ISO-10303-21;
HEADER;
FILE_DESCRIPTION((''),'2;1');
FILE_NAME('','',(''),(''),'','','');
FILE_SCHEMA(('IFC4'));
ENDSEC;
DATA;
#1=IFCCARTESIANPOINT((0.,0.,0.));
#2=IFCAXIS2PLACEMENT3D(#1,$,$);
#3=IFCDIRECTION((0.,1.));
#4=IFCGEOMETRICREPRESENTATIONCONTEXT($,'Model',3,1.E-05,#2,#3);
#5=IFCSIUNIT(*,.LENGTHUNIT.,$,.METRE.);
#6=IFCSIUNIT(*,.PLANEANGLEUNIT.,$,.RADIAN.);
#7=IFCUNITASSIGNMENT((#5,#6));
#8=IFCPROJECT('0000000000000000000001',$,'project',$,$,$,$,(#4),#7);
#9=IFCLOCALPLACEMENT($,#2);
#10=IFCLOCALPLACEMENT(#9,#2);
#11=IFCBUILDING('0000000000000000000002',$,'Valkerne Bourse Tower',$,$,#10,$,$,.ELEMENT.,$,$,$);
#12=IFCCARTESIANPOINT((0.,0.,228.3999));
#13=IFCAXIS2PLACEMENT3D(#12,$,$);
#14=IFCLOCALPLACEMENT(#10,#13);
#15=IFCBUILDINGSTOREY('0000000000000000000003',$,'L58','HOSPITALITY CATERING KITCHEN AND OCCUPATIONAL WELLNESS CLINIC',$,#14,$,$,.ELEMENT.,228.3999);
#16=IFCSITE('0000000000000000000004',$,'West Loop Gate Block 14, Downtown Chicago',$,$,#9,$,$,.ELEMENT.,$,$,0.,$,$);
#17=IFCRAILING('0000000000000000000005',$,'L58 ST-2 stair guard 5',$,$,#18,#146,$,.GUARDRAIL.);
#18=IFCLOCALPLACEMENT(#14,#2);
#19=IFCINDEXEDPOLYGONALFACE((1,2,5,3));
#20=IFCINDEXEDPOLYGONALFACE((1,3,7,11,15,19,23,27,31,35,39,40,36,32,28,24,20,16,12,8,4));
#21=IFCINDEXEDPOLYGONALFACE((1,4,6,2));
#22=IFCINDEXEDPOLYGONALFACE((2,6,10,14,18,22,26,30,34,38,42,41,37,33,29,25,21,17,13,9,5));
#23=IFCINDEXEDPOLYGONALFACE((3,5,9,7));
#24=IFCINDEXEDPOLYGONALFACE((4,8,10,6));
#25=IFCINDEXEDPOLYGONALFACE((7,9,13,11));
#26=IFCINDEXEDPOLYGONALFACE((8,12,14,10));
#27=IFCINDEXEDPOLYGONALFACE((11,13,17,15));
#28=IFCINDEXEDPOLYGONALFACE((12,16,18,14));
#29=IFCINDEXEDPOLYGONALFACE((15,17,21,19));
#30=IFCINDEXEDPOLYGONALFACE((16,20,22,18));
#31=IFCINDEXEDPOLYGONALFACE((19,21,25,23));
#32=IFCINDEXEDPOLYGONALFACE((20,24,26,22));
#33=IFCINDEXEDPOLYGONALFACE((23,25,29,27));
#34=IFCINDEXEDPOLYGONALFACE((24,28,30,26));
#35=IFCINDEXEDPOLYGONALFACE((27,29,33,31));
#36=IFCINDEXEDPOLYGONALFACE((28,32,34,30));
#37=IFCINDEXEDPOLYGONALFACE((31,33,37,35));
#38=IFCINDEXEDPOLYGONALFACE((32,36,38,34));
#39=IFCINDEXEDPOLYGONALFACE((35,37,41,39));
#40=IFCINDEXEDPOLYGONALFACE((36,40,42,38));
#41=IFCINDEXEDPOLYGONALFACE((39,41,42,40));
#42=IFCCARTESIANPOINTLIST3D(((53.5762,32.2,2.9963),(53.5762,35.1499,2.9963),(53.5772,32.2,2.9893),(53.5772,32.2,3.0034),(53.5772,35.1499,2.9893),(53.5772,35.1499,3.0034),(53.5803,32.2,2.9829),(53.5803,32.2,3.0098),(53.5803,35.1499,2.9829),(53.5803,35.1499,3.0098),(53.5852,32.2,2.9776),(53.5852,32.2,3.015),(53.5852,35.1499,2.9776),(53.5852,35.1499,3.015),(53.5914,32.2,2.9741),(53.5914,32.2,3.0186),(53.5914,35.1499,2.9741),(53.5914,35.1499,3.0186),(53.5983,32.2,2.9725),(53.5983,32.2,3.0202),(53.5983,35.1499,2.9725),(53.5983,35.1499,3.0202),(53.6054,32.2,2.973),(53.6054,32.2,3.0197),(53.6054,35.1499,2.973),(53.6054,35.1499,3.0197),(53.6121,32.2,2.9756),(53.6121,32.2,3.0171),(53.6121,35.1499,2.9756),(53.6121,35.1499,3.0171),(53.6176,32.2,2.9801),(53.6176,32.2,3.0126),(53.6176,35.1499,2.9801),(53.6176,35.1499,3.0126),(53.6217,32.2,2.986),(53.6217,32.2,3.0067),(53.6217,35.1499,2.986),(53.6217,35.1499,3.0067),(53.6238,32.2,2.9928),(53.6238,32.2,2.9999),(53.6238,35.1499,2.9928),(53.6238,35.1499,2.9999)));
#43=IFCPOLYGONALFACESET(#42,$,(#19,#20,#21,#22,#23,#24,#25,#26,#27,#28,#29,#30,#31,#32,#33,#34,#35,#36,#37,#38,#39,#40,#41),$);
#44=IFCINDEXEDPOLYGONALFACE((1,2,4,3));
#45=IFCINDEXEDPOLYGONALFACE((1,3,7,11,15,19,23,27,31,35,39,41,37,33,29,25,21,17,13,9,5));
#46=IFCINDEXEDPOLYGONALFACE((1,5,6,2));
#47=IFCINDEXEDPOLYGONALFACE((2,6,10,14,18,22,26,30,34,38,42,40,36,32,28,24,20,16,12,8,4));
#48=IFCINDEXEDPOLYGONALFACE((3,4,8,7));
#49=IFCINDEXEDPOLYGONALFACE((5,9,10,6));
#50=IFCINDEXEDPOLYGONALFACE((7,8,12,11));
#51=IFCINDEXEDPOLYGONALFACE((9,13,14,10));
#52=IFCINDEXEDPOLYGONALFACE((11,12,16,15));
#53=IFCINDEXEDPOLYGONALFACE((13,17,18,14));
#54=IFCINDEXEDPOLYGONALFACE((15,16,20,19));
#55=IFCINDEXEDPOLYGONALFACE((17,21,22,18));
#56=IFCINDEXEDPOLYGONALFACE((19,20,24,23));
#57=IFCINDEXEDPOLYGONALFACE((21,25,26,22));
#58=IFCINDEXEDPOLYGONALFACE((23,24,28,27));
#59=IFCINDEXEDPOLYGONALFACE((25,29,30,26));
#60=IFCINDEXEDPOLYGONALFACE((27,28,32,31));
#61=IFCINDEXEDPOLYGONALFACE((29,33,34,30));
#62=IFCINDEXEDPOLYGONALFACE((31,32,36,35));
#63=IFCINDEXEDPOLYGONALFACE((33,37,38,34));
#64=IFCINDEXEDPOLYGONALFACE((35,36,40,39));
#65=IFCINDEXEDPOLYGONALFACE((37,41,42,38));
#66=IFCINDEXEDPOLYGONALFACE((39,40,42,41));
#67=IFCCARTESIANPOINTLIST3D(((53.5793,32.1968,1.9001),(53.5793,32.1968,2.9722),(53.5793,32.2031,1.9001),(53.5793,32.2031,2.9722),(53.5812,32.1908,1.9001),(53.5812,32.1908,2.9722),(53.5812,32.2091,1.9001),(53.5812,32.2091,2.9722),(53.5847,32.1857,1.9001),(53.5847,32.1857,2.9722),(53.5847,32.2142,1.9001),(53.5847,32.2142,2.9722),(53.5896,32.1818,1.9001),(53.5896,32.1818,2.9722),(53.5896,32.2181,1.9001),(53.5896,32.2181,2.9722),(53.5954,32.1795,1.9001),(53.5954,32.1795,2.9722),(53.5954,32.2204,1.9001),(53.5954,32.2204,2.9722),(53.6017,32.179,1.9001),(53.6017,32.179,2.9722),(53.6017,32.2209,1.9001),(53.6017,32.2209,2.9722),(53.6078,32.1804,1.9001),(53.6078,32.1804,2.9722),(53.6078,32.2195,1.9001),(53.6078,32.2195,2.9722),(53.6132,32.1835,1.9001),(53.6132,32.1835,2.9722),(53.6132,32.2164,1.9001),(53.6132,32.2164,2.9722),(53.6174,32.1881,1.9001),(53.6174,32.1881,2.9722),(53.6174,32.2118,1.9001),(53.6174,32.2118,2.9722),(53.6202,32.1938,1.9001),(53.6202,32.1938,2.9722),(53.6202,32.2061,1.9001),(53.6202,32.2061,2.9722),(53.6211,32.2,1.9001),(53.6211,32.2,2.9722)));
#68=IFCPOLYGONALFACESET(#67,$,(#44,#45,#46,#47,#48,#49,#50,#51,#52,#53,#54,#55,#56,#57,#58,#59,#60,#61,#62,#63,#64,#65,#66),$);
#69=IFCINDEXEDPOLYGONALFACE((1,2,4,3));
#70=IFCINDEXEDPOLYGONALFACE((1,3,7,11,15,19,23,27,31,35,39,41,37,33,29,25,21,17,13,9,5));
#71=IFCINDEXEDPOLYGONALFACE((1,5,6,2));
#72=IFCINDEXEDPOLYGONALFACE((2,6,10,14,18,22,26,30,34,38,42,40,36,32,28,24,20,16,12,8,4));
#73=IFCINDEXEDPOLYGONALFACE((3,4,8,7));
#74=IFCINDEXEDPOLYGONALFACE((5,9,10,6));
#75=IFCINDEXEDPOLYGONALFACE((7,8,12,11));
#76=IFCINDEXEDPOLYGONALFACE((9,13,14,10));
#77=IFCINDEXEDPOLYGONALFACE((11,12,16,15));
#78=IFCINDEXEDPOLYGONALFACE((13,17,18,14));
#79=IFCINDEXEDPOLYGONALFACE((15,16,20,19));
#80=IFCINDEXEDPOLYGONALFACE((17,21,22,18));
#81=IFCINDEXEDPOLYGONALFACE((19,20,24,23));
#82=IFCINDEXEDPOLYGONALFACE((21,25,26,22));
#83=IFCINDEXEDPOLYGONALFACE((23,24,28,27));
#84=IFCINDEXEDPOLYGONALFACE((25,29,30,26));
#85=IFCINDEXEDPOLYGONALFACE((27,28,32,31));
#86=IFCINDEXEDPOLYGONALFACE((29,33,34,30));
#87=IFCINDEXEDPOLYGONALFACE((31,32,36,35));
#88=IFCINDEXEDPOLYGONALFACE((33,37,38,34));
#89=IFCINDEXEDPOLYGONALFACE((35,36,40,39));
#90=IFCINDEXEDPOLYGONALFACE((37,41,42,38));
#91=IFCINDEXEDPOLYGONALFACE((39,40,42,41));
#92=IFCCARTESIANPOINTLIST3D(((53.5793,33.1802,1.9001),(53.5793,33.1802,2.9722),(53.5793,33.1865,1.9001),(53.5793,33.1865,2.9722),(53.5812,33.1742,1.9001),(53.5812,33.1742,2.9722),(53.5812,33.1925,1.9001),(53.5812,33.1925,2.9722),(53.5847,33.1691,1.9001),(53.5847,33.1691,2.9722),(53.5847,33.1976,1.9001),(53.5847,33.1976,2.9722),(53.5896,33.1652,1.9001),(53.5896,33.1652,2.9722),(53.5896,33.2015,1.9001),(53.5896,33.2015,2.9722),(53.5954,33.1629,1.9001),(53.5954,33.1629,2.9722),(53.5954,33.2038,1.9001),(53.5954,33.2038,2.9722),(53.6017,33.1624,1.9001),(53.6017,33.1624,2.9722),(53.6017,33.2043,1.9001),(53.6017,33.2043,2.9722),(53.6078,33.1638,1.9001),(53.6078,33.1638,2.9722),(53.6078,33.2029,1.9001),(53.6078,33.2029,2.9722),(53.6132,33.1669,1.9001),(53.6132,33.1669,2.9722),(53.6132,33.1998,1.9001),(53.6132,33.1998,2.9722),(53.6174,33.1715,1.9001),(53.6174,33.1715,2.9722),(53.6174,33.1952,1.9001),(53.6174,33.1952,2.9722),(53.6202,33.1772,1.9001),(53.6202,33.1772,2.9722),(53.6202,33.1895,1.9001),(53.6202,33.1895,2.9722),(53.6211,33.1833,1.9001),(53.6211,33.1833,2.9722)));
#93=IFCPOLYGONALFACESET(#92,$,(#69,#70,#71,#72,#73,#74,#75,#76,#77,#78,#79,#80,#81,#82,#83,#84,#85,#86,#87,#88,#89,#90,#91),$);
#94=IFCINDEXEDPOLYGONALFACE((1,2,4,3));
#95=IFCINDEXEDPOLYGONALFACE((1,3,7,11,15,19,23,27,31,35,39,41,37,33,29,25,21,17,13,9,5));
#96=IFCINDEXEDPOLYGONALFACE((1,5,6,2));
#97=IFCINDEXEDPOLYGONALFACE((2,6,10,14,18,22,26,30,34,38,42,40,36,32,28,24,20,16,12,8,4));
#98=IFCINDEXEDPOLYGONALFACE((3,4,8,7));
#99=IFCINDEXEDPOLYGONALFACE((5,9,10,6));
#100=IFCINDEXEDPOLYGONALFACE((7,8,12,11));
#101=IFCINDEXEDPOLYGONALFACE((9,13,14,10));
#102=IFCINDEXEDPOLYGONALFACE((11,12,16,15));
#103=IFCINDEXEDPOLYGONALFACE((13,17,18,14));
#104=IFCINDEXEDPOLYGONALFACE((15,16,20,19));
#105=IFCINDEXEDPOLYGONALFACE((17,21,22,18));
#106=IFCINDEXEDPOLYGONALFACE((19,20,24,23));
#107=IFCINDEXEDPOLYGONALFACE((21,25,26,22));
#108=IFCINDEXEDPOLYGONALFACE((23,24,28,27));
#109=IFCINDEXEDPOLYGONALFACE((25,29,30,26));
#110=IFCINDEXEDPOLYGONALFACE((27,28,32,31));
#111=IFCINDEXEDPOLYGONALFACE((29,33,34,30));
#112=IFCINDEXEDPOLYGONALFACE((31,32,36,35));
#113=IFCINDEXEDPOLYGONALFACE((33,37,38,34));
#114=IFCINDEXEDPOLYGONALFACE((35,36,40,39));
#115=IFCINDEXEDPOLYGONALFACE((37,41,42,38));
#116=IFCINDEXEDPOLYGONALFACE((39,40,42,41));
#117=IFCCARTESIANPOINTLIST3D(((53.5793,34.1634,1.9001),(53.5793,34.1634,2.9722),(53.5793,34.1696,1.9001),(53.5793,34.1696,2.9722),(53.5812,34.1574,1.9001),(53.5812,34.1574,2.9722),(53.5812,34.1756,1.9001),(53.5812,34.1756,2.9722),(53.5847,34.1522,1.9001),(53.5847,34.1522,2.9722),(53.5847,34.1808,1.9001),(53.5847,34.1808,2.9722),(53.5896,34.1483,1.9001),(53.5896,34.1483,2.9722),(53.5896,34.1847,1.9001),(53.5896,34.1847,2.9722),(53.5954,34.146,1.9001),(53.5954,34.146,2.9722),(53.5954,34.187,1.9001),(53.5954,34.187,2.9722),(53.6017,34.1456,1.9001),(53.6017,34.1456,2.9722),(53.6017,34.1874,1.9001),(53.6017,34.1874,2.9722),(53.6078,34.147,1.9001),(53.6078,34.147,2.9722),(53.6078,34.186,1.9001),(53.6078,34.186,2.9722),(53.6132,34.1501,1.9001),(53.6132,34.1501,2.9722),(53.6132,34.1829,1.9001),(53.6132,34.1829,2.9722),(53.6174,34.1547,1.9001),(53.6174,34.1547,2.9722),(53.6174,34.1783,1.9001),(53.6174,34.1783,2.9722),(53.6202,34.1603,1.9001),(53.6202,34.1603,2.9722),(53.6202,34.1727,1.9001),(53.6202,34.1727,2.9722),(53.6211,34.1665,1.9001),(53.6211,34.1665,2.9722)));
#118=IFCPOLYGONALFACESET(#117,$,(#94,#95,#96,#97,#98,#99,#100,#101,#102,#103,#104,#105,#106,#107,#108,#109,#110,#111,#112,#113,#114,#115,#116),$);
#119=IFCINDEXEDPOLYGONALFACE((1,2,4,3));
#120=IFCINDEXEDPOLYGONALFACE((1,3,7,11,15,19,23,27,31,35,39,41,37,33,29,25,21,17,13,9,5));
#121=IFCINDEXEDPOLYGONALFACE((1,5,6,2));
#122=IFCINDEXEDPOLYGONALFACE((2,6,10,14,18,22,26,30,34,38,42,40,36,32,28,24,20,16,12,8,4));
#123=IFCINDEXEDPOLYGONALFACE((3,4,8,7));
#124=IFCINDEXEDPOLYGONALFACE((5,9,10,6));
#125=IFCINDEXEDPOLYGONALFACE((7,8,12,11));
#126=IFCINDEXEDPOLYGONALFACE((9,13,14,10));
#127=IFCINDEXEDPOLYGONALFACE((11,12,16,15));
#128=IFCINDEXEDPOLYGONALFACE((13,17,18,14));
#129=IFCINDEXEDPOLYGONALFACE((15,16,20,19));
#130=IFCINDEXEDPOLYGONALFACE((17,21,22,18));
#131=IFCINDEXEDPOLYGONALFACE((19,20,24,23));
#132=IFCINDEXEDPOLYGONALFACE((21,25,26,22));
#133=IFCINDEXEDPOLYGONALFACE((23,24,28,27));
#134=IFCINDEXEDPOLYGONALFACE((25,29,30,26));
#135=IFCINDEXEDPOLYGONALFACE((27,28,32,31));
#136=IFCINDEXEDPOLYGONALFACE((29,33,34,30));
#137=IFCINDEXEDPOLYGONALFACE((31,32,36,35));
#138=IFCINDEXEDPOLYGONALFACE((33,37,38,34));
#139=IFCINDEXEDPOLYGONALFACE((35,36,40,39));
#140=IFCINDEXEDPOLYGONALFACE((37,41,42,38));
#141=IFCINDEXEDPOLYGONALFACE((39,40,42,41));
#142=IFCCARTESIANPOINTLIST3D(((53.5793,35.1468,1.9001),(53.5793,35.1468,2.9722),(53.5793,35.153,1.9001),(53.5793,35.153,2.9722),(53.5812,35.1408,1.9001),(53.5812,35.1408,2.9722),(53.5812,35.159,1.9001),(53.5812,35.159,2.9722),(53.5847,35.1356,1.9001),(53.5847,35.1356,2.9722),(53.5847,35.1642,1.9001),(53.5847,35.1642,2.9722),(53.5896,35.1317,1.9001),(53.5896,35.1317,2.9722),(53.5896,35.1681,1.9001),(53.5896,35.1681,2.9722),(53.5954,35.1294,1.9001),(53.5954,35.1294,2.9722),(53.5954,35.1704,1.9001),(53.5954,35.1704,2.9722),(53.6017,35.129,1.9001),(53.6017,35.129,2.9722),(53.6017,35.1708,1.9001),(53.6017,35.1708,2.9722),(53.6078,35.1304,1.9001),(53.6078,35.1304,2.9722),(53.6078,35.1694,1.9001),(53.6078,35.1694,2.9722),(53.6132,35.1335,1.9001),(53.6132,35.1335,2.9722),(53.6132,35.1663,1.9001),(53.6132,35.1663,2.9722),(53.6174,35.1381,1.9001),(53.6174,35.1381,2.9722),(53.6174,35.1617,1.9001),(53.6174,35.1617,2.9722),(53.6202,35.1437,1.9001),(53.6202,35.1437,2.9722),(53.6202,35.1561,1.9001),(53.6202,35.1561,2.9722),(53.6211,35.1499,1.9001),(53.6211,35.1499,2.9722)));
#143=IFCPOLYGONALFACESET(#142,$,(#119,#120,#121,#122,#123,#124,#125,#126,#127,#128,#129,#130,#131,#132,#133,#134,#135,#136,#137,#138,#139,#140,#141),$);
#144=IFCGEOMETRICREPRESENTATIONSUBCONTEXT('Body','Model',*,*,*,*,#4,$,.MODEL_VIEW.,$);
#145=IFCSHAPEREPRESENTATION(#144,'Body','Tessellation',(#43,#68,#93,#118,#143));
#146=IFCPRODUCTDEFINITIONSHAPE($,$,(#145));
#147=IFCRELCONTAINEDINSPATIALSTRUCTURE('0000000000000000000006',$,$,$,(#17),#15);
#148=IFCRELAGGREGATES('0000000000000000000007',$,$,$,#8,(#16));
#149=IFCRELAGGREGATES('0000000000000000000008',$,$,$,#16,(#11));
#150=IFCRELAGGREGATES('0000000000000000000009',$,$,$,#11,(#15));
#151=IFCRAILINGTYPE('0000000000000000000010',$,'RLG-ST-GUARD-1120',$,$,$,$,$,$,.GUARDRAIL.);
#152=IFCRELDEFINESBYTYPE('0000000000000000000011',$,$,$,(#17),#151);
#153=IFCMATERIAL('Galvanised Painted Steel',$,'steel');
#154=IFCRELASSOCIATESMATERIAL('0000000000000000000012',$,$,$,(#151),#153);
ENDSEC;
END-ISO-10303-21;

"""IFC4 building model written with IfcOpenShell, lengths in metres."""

from ifc_helpers import new_model, si_unit, direction, frame, origin, origin_2d, place, context, subcontext, project, spatial, circle, extrude, material, type_object, element, save


model = new_model("IFC4")

# Units and contexts
model_context = context("Model", 3, precision=1e-05, world=origin(), true_north=direction((0.0, 1.0)))
body_context = subcontext(model_context, "Body", "Model", "MODEL_VIEW")
ifc_project = project(units=[si_unit("LENGTHUNIT", "METRE"), si_unit("PLANEANGLEUNIT", "RADIAN")], contexts=[model_context])

# Site, building, storey
site_placement = place(None, origin())
site = spatial("IfcSite", under=ifc_project, at=site_placement, Name="West Loop Gate Block 14, Downtown Chicago", CompositionType="ELEMENT", RefElevation=0.0)
building_placement = place(site_placement, origin())
building = spatial("IfcBuilding", under=site, at=building_placement, Name="Valkerne Bourse Tower", CompositionType="ELEMENT")
storey_placement = place(building_placement, frame((0.0, 0.0, 228.3999)))
storey = spatial("IfcBuildingStorey", under=building, at=storey_placement, Name="L58", Description="HOSPITALITY CATERING KITCHEN AND OCCUPATIONAL WELLNESS CLINIC", CompositionType="ELEMENT", Elevation=228.3999)

# Railing
ifc_material_1 = material(Name="Galvanised Painted Steel", Category="steel")
railing_type = type_object("IfcRailingType", Name="RLG-ST-GUARD-1120", PredefinedType="GUARDRAIL", material=ifc_material_1)
railing_1_placement = place(storey_placement, frame((53.6001, 32.2, 1.9001)))
element("IfcRailing", 1, at=railing_1_placement, inside=storey, type_object=railing_type, Name="L58 ST-2 stair guard 5", PredefinedType="GUARDRAIL", context=body_context, shape_type="SweptSolid", body=[
    extrude(circle(Radius=0.0239, at=origin_2d()), frame((0.0, 0.0, 1.0962), z_axis=(0.0, 1.0, 0.0), x_axis=(-1.0, 0.0, 0.0)), (0.0, 0.0, 1.0), 2.95),
    extrude(circle(Radius=0.021, at=origin_2d()), origin(), (0.0, 0.0, 1.0), 1.072),
    extrude(circle(Radius=0.021, at=origin_2d()), frame((0.0, 0.9834, 0.0)), (0.0, 0.0, 1.0), 1.072),
    extrude(circle(Radius=0.021, at=origin_2d()), frame((0.0, 1.9666, 0.0)), (0.0, 0.0, 1.0), 1.072),
    extrude(circle(Radius=0.021, at=origin_2d()), frame((0.0, 2.95, 0.0)), (0.0, 0.0, 1.0), 1.072),
])

save(model, "model.ifc")
